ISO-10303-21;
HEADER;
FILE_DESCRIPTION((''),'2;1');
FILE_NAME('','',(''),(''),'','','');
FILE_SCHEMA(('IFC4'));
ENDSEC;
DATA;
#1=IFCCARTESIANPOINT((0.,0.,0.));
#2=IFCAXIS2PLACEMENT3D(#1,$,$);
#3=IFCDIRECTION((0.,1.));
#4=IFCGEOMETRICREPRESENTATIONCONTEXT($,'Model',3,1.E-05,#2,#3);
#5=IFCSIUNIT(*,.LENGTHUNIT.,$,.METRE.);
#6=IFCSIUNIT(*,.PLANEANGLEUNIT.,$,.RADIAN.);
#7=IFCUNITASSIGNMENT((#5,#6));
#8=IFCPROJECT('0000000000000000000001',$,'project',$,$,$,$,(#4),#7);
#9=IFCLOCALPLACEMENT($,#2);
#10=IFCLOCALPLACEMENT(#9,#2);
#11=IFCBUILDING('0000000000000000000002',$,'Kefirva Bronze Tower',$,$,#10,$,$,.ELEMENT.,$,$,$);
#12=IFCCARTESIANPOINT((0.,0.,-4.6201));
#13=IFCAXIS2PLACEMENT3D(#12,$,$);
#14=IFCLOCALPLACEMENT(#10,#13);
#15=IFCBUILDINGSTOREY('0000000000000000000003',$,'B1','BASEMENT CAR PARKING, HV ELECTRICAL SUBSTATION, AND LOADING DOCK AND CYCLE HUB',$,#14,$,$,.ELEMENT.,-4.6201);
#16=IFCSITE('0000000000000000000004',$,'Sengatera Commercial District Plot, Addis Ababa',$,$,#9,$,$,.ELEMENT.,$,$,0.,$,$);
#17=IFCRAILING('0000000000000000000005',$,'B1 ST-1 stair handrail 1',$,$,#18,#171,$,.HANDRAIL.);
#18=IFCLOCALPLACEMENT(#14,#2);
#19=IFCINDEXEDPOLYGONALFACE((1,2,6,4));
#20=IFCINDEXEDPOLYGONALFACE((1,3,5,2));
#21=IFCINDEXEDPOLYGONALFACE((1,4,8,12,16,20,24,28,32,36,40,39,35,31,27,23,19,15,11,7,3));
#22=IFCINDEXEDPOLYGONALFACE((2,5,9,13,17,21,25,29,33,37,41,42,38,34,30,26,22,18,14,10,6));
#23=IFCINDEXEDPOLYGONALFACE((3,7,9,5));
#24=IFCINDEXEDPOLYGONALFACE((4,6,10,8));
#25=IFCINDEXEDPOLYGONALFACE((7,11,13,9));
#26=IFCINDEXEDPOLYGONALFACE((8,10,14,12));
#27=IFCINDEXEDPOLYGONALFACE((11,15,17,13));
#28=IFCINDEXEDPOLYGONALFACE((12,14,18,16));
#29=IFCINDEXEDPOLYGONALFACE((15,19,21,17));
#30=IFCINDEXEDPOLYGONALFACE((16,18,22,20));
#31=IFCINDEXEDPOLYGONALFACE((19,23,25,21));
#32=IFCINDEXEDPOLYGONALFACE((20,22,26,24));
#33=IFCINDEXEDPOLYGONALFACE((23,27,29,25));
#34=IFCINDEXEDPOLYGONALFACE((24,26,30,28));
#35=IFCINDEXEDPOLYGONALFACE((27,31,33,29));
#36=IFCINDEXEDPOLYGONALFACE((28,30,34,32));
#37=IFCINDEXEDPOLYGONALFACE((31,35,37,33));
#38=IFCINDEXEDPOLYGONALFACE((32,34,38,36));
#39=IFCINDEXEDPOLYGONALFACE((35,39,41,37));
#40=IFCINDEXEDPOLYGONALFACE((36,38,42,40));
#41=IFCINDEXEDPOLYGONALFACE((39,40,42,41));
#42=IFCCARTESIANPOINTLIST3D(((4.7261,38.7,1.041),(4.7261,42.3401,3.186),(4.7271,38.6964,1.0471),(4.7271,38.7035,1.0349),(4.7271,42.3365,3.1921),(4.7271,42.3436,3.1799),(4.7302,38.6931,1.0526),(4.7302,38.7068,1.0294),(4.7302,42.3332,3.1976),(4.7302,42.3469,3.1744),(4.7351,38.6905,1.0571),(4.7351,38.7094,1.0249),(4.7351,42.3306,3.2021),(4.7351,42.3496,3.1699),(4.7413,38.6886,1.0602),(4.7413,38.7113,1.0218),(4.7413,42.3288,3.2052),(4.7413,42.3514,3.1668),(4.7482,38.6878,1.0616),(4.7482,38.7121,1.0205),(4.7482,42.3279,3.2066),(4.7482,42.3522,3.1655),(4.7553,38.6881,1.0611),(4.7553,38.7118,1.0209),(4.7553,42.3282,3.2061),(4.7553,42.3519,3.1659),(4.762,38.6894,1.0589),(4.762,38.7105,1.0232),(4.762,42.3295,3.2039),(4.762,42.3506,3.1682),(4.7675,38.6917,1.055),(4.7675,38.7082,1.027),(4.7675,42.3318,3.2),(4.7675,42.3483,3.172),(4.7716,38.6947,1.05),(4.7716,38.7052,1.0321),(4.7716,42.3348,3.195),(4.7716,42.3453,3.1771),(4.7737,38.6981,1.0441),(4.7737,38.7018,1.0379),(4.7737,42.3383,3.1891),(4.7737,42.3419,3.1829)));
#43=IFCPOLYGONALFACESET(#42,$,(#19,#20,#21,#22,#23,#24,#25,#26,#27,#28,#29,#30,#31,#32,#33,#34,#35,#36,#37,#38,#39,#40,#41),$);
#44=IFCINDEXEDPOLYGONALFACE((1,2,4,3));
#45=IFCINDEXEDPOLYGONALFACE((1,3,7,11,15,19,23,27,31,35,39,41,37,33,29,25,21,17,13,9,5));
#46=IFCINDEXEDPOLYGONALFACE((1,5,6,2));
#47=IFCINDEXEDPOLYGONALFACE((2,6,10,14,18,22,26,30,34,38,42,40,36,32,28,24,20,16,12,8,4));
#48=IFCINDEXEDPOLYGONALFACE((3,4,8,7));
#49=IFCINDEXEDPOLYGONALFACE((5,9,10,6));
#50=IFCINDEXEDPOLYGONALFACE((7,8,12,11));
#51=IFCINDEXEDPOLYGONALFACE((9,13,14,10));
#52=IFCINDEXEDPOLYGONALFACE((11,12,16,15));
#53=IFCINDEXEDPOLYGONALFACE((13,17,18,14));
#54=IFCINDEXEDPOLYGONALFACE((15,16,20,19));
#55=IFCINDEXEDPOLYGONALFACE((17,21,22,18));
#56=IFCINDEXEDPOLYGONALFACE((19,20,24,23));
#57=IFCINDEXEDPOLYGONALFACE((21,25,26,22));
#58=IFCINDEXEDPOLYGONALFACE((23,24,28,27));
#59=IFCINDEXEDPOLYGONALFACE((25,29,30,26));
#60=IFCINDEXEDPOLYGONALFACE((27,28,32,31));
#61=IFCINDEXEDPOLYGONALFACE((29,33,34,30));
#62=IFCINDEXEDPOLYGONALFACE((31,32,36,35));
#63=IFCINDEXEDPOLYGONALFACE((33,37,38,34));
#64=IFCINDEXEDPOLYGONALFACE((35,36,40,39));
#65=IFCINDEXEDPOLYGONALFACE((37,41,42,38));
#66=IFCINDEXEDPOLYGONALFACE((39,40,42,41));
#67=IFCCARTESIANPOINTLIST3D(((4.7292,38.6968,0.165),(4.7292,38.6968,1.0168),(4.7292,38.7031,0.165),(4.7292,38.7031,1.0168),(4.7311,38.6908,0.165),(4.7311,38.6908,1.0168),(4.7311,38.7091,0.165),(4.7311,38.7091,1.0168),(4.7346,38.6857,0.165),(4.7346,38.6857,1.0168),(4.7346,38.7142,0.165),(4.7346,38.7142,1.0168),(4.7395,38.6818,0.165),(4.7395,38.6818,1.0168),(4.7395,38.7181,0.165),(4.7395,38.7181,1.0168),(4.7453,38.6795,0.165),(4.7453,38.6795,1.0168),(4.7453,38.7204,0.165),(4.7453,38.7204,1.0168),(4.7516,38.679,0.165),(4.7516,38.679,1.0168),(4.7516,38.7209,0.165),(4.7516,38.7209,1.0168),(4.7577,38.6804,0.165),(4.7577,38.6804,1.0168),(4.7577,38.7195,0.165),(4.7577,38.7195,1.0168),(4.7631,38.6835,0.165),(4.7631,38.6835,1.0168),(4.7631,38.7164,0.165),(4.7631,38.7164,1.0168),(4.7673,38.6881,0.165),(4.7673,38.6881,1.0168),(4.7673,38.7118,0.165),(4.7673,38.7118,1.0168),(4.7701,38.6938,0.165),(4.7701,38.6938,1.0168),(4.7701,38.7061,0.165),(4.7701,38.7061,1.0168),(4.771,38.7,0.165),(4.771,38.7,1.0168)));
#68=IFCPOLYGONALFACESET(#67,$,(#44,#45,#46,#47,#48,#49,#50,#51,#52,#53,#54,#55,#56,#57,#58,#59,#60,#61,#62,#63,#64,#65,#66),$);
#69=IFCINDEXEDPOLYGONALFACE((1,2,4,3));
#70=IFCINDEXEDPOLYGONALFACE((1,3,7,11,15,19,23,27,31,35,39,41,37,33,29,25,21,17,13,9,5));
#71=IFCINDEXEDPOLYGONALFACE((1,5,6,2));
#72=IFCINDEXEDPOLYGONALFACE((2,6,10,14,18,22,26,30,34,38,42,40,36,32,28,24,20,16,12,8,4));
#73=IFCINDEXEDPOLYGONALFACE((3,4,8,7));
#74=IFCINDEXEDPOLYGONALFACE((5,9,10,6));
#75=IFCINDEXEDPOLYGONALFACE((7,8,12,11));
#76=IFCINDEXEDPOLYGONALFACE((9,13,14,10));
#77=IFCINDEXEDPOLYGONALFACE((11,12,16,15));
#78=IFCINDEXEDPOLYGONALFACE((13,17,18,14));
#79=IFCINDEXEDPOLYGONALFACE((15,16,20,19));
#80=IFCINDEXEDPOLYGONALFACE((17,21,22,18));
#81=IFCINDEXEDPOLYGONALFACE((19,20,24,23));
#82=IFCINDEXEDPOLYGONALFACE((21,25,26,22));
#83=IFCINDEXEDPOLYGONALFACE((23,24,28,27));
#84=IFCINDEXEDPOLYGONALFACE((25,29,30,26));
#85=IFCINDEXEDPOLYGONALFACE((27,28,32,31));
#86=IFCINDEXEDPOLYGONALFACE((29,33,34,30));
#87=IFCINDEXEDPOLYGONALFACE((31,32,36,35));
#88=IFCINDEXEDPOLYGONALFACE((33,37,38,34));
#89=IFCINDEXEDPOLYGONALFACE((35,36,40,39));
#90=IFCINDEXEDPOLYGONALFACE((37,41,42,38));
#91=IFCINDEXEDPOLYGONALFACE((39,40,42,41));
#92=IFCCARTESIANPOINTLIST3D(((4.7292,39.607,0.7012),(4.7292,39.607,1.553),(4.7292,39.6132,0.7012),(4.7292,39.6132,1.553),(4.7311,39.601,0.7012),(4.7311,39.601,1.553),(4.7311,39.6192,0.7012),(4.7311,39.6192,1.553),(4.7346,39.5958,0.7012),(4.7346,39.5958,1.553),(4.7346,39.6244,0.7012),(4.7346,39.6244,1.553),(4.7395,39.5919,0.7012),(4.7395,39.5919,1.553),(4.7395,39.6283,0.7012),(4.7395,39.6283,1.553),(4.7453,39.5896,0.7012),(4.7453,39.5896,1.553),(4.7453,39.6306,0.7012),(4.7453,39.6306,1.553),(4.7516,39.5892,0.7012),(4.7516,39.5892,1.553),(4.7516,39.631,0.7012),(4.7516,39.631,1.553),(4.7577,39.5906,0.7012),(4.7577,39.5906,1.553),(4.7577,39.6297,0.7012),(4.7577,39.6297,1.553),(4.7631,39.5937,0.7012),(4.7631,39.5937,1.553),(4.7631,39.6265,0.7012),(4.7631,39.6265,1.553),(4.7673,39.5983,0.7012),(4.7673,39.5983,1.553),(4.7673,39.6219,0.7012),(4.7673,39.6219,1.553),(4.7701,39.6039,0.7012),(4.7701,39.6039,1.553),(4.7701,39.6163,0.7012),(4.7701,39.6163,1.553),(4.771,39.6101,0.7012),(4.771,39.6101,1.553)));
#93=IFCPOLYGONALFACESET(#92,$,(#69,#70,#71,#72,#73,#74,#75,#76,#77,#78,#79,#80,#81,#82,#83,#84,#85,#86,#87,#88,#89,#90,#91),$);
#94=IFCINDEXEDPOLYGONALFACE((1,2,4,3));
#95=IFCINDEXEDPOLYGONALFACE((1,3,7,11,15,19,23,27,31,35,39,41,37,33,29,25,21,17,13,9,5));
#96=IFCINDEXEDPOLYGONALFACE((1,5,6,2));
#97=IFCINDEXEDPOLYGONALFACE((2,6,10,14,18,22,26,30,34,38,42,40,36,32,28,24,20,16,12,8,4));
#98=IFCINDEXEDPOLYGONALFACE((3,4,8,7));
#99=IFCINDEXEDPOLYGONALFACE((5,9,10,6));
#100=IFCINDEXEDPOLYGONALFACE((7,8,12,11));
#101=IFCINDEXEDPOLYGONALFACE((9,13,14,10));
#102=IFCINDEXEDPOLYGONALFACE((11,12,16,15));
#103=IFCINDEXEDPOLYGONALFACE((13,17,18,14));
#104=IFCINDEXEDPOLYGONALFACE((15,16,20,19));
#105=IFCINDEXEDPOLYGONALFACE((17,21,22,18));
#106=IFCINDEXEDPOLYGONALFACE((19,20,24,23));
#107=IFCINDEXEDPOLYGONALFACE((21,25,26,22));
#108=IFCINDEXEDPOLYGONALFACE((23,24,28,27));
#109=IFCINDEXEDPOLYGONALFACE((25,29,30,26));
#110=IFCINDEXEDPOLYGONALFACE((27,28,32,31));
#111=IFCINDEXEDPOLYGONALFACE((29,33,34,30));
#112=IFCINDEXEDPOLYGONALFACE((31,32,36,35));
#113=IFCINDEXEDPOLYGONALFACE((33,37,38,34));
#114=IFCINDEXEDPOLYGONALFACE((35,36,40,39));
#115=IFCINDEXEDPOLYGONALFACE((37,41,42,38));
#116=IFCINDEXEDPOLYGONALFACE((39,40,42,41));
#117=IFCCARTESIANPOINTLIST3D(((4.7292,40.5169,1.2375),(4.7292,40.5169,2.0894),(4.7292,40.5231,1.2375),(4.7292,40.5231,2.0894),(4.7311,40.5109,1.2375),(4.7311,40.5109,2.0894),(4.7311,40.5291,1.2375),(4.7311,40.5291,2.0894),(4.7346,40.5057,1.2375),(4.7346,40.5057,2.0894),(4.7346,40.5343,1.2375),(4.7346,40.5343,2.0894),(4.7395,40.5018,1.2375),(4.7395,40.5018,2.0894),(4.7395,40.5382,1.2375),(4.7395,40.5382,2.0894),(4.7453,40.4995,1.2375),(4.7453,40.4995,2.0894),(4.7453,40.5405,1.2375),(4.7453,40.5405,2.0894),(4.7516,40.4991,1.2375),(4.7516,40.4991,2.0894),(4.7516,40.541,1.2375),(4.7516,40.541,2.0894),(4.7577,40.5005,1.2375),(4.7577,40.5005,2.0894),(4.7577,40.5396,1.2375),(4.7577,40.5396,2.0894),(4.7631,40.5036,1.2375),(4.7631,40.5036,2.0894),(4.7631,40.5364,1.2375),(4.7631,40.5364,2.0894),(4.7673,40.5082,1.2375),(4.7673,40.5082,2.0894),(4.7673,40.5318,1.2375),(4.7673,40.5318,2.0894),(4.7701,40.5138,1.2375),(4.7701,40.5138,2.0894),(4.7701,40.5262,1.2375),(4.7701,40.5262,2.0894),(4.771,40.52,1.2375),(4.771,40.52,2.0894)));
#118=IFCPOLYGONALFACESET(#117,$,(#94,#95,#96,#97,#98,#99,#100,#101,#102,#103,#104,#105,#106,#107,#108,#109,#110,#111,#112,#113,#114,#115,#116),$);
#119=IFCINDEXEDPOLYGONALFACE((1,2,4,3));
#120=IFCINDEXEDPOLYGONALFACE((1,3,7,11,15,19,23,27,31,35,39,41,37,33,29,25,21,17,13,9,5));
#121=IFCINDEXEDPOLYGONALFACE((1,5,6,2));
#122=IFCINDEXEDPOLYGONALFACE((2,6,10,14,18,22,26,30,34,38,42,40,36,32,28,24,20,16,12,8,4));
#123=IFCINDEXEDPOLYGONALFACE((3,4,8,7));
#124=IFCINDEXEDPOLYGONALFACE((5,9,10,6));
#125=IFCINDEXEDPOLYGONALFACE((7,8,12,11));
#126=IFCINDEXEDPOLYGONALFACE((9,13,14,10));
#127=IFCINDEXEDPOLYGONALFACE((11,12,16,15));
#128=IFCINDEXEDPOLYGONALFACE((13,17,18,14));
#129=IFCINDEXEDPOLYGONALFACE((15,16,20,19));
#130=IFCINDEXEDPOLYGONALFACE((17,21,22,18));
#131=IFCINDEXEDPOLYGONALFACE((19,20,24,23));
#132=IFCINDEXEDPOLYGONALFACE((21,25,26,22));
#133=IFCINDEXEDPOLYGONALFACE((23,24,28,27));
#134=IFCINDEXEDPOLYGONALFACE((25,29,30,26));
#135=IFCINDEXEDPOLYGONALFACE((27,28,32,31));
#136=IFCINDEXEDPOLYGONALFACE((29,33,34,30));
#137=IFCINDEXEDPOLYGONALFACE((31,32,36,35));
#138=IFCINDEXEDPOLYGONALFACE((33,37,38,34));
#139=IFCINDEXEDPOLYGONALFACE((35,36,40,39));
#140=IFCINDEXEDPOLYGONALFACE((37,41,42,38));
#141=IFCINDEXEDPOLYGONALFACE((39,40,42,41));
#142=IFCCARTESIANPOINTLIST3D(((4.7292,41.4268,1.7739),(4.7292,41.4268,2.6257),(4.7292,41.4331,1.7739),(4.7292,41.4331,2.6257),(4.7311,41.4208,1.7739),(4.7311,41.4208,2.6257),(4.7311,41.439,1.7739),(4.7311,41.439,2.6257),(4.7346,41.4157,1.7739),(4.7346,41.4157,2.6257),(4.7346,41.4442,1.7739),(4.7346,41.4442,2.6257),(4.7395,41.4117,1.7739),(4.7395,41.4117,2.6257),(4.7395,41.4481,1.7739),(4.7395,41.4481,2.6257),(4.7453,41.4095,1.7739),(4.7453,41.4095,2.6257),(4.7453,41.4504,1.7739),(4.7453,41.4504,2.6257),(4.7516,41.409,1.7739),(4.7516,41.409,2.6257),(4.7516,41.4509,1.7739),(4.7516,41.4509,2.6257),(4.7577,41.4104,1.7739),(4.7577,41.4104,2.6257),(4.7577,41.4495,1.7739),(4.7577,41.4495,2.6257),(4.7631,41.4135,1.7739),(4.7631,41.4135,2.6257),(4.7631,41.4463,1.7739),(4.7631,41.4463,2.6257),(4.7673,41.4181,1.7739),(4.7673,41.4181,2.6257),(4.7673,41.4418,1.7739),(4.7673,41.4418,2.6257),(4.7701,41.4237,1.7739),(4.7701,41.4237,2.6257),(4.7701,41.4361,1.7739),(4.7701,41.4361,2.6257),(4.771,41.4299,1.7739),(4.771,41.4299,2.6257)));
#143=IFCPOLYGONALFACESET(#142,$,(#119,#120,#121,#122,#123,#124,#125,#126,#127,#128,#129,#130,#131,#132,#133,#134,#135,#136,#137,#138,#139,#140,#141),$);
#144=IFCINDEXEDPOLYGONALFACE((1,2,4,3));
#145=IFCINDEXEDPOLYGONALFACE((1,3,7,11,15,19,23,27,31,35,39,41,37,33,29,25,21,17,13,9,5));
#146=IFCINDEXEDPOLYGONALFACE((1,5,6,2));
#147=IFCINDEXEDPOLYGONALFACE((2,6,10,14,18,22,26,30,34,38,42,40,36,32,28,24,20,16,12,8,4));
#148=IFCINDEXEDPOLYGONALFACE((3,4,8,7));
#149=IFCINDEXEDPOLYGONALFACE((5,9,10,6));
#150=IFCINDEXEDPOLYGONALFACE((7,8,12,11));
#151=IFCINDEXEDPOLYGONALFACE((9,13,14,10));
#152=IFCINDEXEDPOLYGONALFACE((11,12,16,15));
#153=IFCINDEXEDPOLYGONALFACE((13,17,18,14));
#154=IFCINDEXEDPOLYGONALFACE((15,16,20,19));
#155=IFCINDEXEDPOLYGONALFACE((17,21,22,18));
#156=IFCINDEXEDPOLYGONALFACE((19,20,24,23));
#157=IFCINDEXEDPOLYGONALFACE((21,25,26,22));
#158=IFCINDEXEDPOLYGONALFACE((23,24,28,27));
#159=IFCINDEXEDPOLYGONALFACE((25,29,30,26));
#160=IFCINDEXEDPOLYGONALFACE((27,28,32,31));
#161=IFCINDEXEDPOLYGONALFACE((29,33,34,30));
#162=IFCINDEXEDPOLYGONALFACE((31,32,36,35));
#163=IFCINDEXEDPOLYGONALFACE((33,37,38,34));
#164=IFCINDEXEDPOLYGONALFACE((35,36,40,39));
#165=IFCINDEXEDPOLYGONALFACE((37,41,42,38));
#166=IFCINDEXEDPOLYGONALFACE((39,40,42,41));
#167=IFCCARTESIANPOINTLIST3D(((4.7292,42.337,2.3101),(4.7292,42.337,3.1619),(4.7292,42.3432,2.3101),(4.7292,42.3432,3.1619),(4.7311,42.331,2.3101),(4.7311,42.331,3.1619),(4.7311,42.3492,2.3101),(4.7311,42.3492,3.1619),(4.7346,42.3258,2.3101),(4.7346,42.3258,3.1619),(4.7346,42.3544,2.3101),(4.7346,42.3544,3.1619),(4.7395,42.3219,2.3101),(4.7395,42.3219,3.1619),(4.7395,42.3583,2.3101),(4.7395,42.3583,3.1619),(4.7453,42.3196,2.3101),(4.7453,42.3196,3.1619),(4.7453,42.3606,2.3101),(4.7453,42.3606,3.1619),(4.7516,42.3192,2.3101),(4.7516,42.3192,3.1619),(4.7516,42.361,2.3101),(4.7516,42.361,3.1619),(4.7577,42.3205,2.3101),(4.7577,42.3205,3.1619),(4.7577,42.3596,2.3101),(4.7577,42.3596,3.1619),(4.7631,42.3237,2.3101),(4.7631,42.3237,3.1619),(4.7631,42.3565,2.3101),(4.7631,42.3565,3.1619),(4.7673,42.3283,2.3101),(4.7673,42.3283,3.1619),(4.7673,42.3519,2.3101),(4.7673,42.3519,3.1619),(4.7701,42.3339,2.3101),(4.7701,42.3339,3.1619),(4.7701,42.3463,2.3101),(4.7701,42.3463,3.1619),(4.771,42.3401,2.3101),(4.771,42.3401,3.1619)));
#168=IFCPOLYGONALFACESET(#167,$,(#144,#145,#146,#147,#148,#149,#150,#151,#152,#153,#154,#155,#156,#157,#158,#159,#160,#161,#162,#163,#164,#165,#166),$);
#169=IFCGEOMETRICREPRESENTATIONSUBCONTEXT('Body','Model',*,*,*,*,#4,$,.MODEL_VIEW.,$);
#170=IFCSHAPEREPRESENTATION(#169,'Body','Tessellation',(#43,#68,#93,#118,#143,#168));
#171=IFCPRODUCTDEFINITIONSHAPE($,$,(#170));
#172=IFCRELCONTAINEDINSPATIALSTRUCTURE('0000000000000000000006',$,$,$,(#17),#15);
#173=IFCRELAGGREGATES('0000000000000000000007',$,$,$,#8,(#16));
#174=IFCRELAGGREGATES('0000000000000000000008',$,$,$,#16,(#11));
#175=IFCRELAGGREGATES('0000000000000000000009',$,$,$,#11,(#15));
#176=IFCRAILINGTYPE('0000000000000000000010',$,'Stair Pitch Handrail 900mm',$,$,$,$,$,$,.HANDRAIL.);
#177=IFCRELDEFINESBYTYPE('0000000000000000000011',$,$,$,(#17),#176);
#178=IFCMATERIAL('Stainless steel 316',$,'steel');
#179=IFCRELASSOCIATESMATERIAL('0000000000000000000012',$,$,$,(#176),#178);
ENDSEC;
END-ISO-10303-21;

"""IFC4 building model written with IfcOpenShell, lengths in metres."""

from ifc_helpers import new_model, si_unit, direction, frame, origin, origin_2d, place, context, subcontext, project, spatial, circle, extrude, material, type_object, element, save


model = new_model("IFC4")

# Units and contexts
model_context = context("Model", 3, precision=1e-05, world=origin(), true_north=direction((0.0, 1.0)))
body_context = subcontext(model_context, "Body", "Model", "MODEL_VIEW")
ifc_project = project(units=[si_unit("LENGTHUNIT", "METRE"), si_unit("PLANEANGLEUNIT", "RADIAN")], contexts=[model_context])

# Site, building, storey
site_placement = place(None, origin())
site = spatial("IfcSite", under=ifc_project, at=site_placement, Name="Sengatera Commercial District Plot, Addis Ababa", CompositionType="ELEMENT", RefElevation=0.0)
building_placement = place(site_placement, origin())
building = spatial("IfcBuilding", under=site, at=building_placement, Name="Kefirva Bronze Tower", CompositionType="ELEMENT")
storey_placement = place(building_placement, frame((0.0, 0.0, -4.6201)))
storey = spatial("IfcBuildingStorey", under=building, at=storey_placement, Name="B1", Description="BASEMENT CAR PARKING, HV ELECTRICAL SUBSTATION, AND LOADING DOCK AND CYCLE HUB", CompositionType="ELEMENT", Elevation=-4.6201)

# Shared definitions
ifc_material_1 = material(Name="Stainless steel 316", Category="steel")

# Railing
railing_type = type_object("IfcRailingType", Name="Stair Pitch Handrail 900mm", PredefinedType="HANDRAIL", material=ifc_material_1)
railing_placement = place(storey_placement, frame((4.75, 38.7, 0.165)))
element("IfcRailing", 1, at=railing_placement, inside=storey, type_object=railing_type, Name="B1 ST-1 stair handrail 1", PredefinedType="HANDRAIL", context=body_context, shape_type="SweptSolid", body=[
    extrude(circle(Radius=0.0239, at=origin_2d()), frame((0.0, 0.0, 0.876), z_axis=(0.0, 0.861545, 0.507682), x_axis=(-1.0, 0.0, 0.0)), (0.0, 0.0, 1.0), 4.2251),
    extrude(circle(Radius=0.021, at=origin_2d()), origin(), (0.0, 0.0, 1.0), 0.8518),
    extrude(circle(Radius=0.021, at=origin_2d()), frame((0.0, 0.9102, 0.5361)), (0.0, 0.0, 1.0), 0.8518),
    extrude(circle(Radius=0.021, at=origin_2d()), frame((0.0, 1.8201, 1.0725)), (0.0, 0.0, 1.0), 0.8518),
    extrude(circle(Radius=0.021, at=origin_2d()), frame((0.0, 2.73, 1.6089)), (0.0, 0.0, 1.0), 0.8518),
    extrude(circle(Radius=0.021, at=origin_2d()), frame((0.0, 3.6401, 2.145)), (0.0, 0.0, 1.0), 0.8518),
])

save(model, "model.ifc")
